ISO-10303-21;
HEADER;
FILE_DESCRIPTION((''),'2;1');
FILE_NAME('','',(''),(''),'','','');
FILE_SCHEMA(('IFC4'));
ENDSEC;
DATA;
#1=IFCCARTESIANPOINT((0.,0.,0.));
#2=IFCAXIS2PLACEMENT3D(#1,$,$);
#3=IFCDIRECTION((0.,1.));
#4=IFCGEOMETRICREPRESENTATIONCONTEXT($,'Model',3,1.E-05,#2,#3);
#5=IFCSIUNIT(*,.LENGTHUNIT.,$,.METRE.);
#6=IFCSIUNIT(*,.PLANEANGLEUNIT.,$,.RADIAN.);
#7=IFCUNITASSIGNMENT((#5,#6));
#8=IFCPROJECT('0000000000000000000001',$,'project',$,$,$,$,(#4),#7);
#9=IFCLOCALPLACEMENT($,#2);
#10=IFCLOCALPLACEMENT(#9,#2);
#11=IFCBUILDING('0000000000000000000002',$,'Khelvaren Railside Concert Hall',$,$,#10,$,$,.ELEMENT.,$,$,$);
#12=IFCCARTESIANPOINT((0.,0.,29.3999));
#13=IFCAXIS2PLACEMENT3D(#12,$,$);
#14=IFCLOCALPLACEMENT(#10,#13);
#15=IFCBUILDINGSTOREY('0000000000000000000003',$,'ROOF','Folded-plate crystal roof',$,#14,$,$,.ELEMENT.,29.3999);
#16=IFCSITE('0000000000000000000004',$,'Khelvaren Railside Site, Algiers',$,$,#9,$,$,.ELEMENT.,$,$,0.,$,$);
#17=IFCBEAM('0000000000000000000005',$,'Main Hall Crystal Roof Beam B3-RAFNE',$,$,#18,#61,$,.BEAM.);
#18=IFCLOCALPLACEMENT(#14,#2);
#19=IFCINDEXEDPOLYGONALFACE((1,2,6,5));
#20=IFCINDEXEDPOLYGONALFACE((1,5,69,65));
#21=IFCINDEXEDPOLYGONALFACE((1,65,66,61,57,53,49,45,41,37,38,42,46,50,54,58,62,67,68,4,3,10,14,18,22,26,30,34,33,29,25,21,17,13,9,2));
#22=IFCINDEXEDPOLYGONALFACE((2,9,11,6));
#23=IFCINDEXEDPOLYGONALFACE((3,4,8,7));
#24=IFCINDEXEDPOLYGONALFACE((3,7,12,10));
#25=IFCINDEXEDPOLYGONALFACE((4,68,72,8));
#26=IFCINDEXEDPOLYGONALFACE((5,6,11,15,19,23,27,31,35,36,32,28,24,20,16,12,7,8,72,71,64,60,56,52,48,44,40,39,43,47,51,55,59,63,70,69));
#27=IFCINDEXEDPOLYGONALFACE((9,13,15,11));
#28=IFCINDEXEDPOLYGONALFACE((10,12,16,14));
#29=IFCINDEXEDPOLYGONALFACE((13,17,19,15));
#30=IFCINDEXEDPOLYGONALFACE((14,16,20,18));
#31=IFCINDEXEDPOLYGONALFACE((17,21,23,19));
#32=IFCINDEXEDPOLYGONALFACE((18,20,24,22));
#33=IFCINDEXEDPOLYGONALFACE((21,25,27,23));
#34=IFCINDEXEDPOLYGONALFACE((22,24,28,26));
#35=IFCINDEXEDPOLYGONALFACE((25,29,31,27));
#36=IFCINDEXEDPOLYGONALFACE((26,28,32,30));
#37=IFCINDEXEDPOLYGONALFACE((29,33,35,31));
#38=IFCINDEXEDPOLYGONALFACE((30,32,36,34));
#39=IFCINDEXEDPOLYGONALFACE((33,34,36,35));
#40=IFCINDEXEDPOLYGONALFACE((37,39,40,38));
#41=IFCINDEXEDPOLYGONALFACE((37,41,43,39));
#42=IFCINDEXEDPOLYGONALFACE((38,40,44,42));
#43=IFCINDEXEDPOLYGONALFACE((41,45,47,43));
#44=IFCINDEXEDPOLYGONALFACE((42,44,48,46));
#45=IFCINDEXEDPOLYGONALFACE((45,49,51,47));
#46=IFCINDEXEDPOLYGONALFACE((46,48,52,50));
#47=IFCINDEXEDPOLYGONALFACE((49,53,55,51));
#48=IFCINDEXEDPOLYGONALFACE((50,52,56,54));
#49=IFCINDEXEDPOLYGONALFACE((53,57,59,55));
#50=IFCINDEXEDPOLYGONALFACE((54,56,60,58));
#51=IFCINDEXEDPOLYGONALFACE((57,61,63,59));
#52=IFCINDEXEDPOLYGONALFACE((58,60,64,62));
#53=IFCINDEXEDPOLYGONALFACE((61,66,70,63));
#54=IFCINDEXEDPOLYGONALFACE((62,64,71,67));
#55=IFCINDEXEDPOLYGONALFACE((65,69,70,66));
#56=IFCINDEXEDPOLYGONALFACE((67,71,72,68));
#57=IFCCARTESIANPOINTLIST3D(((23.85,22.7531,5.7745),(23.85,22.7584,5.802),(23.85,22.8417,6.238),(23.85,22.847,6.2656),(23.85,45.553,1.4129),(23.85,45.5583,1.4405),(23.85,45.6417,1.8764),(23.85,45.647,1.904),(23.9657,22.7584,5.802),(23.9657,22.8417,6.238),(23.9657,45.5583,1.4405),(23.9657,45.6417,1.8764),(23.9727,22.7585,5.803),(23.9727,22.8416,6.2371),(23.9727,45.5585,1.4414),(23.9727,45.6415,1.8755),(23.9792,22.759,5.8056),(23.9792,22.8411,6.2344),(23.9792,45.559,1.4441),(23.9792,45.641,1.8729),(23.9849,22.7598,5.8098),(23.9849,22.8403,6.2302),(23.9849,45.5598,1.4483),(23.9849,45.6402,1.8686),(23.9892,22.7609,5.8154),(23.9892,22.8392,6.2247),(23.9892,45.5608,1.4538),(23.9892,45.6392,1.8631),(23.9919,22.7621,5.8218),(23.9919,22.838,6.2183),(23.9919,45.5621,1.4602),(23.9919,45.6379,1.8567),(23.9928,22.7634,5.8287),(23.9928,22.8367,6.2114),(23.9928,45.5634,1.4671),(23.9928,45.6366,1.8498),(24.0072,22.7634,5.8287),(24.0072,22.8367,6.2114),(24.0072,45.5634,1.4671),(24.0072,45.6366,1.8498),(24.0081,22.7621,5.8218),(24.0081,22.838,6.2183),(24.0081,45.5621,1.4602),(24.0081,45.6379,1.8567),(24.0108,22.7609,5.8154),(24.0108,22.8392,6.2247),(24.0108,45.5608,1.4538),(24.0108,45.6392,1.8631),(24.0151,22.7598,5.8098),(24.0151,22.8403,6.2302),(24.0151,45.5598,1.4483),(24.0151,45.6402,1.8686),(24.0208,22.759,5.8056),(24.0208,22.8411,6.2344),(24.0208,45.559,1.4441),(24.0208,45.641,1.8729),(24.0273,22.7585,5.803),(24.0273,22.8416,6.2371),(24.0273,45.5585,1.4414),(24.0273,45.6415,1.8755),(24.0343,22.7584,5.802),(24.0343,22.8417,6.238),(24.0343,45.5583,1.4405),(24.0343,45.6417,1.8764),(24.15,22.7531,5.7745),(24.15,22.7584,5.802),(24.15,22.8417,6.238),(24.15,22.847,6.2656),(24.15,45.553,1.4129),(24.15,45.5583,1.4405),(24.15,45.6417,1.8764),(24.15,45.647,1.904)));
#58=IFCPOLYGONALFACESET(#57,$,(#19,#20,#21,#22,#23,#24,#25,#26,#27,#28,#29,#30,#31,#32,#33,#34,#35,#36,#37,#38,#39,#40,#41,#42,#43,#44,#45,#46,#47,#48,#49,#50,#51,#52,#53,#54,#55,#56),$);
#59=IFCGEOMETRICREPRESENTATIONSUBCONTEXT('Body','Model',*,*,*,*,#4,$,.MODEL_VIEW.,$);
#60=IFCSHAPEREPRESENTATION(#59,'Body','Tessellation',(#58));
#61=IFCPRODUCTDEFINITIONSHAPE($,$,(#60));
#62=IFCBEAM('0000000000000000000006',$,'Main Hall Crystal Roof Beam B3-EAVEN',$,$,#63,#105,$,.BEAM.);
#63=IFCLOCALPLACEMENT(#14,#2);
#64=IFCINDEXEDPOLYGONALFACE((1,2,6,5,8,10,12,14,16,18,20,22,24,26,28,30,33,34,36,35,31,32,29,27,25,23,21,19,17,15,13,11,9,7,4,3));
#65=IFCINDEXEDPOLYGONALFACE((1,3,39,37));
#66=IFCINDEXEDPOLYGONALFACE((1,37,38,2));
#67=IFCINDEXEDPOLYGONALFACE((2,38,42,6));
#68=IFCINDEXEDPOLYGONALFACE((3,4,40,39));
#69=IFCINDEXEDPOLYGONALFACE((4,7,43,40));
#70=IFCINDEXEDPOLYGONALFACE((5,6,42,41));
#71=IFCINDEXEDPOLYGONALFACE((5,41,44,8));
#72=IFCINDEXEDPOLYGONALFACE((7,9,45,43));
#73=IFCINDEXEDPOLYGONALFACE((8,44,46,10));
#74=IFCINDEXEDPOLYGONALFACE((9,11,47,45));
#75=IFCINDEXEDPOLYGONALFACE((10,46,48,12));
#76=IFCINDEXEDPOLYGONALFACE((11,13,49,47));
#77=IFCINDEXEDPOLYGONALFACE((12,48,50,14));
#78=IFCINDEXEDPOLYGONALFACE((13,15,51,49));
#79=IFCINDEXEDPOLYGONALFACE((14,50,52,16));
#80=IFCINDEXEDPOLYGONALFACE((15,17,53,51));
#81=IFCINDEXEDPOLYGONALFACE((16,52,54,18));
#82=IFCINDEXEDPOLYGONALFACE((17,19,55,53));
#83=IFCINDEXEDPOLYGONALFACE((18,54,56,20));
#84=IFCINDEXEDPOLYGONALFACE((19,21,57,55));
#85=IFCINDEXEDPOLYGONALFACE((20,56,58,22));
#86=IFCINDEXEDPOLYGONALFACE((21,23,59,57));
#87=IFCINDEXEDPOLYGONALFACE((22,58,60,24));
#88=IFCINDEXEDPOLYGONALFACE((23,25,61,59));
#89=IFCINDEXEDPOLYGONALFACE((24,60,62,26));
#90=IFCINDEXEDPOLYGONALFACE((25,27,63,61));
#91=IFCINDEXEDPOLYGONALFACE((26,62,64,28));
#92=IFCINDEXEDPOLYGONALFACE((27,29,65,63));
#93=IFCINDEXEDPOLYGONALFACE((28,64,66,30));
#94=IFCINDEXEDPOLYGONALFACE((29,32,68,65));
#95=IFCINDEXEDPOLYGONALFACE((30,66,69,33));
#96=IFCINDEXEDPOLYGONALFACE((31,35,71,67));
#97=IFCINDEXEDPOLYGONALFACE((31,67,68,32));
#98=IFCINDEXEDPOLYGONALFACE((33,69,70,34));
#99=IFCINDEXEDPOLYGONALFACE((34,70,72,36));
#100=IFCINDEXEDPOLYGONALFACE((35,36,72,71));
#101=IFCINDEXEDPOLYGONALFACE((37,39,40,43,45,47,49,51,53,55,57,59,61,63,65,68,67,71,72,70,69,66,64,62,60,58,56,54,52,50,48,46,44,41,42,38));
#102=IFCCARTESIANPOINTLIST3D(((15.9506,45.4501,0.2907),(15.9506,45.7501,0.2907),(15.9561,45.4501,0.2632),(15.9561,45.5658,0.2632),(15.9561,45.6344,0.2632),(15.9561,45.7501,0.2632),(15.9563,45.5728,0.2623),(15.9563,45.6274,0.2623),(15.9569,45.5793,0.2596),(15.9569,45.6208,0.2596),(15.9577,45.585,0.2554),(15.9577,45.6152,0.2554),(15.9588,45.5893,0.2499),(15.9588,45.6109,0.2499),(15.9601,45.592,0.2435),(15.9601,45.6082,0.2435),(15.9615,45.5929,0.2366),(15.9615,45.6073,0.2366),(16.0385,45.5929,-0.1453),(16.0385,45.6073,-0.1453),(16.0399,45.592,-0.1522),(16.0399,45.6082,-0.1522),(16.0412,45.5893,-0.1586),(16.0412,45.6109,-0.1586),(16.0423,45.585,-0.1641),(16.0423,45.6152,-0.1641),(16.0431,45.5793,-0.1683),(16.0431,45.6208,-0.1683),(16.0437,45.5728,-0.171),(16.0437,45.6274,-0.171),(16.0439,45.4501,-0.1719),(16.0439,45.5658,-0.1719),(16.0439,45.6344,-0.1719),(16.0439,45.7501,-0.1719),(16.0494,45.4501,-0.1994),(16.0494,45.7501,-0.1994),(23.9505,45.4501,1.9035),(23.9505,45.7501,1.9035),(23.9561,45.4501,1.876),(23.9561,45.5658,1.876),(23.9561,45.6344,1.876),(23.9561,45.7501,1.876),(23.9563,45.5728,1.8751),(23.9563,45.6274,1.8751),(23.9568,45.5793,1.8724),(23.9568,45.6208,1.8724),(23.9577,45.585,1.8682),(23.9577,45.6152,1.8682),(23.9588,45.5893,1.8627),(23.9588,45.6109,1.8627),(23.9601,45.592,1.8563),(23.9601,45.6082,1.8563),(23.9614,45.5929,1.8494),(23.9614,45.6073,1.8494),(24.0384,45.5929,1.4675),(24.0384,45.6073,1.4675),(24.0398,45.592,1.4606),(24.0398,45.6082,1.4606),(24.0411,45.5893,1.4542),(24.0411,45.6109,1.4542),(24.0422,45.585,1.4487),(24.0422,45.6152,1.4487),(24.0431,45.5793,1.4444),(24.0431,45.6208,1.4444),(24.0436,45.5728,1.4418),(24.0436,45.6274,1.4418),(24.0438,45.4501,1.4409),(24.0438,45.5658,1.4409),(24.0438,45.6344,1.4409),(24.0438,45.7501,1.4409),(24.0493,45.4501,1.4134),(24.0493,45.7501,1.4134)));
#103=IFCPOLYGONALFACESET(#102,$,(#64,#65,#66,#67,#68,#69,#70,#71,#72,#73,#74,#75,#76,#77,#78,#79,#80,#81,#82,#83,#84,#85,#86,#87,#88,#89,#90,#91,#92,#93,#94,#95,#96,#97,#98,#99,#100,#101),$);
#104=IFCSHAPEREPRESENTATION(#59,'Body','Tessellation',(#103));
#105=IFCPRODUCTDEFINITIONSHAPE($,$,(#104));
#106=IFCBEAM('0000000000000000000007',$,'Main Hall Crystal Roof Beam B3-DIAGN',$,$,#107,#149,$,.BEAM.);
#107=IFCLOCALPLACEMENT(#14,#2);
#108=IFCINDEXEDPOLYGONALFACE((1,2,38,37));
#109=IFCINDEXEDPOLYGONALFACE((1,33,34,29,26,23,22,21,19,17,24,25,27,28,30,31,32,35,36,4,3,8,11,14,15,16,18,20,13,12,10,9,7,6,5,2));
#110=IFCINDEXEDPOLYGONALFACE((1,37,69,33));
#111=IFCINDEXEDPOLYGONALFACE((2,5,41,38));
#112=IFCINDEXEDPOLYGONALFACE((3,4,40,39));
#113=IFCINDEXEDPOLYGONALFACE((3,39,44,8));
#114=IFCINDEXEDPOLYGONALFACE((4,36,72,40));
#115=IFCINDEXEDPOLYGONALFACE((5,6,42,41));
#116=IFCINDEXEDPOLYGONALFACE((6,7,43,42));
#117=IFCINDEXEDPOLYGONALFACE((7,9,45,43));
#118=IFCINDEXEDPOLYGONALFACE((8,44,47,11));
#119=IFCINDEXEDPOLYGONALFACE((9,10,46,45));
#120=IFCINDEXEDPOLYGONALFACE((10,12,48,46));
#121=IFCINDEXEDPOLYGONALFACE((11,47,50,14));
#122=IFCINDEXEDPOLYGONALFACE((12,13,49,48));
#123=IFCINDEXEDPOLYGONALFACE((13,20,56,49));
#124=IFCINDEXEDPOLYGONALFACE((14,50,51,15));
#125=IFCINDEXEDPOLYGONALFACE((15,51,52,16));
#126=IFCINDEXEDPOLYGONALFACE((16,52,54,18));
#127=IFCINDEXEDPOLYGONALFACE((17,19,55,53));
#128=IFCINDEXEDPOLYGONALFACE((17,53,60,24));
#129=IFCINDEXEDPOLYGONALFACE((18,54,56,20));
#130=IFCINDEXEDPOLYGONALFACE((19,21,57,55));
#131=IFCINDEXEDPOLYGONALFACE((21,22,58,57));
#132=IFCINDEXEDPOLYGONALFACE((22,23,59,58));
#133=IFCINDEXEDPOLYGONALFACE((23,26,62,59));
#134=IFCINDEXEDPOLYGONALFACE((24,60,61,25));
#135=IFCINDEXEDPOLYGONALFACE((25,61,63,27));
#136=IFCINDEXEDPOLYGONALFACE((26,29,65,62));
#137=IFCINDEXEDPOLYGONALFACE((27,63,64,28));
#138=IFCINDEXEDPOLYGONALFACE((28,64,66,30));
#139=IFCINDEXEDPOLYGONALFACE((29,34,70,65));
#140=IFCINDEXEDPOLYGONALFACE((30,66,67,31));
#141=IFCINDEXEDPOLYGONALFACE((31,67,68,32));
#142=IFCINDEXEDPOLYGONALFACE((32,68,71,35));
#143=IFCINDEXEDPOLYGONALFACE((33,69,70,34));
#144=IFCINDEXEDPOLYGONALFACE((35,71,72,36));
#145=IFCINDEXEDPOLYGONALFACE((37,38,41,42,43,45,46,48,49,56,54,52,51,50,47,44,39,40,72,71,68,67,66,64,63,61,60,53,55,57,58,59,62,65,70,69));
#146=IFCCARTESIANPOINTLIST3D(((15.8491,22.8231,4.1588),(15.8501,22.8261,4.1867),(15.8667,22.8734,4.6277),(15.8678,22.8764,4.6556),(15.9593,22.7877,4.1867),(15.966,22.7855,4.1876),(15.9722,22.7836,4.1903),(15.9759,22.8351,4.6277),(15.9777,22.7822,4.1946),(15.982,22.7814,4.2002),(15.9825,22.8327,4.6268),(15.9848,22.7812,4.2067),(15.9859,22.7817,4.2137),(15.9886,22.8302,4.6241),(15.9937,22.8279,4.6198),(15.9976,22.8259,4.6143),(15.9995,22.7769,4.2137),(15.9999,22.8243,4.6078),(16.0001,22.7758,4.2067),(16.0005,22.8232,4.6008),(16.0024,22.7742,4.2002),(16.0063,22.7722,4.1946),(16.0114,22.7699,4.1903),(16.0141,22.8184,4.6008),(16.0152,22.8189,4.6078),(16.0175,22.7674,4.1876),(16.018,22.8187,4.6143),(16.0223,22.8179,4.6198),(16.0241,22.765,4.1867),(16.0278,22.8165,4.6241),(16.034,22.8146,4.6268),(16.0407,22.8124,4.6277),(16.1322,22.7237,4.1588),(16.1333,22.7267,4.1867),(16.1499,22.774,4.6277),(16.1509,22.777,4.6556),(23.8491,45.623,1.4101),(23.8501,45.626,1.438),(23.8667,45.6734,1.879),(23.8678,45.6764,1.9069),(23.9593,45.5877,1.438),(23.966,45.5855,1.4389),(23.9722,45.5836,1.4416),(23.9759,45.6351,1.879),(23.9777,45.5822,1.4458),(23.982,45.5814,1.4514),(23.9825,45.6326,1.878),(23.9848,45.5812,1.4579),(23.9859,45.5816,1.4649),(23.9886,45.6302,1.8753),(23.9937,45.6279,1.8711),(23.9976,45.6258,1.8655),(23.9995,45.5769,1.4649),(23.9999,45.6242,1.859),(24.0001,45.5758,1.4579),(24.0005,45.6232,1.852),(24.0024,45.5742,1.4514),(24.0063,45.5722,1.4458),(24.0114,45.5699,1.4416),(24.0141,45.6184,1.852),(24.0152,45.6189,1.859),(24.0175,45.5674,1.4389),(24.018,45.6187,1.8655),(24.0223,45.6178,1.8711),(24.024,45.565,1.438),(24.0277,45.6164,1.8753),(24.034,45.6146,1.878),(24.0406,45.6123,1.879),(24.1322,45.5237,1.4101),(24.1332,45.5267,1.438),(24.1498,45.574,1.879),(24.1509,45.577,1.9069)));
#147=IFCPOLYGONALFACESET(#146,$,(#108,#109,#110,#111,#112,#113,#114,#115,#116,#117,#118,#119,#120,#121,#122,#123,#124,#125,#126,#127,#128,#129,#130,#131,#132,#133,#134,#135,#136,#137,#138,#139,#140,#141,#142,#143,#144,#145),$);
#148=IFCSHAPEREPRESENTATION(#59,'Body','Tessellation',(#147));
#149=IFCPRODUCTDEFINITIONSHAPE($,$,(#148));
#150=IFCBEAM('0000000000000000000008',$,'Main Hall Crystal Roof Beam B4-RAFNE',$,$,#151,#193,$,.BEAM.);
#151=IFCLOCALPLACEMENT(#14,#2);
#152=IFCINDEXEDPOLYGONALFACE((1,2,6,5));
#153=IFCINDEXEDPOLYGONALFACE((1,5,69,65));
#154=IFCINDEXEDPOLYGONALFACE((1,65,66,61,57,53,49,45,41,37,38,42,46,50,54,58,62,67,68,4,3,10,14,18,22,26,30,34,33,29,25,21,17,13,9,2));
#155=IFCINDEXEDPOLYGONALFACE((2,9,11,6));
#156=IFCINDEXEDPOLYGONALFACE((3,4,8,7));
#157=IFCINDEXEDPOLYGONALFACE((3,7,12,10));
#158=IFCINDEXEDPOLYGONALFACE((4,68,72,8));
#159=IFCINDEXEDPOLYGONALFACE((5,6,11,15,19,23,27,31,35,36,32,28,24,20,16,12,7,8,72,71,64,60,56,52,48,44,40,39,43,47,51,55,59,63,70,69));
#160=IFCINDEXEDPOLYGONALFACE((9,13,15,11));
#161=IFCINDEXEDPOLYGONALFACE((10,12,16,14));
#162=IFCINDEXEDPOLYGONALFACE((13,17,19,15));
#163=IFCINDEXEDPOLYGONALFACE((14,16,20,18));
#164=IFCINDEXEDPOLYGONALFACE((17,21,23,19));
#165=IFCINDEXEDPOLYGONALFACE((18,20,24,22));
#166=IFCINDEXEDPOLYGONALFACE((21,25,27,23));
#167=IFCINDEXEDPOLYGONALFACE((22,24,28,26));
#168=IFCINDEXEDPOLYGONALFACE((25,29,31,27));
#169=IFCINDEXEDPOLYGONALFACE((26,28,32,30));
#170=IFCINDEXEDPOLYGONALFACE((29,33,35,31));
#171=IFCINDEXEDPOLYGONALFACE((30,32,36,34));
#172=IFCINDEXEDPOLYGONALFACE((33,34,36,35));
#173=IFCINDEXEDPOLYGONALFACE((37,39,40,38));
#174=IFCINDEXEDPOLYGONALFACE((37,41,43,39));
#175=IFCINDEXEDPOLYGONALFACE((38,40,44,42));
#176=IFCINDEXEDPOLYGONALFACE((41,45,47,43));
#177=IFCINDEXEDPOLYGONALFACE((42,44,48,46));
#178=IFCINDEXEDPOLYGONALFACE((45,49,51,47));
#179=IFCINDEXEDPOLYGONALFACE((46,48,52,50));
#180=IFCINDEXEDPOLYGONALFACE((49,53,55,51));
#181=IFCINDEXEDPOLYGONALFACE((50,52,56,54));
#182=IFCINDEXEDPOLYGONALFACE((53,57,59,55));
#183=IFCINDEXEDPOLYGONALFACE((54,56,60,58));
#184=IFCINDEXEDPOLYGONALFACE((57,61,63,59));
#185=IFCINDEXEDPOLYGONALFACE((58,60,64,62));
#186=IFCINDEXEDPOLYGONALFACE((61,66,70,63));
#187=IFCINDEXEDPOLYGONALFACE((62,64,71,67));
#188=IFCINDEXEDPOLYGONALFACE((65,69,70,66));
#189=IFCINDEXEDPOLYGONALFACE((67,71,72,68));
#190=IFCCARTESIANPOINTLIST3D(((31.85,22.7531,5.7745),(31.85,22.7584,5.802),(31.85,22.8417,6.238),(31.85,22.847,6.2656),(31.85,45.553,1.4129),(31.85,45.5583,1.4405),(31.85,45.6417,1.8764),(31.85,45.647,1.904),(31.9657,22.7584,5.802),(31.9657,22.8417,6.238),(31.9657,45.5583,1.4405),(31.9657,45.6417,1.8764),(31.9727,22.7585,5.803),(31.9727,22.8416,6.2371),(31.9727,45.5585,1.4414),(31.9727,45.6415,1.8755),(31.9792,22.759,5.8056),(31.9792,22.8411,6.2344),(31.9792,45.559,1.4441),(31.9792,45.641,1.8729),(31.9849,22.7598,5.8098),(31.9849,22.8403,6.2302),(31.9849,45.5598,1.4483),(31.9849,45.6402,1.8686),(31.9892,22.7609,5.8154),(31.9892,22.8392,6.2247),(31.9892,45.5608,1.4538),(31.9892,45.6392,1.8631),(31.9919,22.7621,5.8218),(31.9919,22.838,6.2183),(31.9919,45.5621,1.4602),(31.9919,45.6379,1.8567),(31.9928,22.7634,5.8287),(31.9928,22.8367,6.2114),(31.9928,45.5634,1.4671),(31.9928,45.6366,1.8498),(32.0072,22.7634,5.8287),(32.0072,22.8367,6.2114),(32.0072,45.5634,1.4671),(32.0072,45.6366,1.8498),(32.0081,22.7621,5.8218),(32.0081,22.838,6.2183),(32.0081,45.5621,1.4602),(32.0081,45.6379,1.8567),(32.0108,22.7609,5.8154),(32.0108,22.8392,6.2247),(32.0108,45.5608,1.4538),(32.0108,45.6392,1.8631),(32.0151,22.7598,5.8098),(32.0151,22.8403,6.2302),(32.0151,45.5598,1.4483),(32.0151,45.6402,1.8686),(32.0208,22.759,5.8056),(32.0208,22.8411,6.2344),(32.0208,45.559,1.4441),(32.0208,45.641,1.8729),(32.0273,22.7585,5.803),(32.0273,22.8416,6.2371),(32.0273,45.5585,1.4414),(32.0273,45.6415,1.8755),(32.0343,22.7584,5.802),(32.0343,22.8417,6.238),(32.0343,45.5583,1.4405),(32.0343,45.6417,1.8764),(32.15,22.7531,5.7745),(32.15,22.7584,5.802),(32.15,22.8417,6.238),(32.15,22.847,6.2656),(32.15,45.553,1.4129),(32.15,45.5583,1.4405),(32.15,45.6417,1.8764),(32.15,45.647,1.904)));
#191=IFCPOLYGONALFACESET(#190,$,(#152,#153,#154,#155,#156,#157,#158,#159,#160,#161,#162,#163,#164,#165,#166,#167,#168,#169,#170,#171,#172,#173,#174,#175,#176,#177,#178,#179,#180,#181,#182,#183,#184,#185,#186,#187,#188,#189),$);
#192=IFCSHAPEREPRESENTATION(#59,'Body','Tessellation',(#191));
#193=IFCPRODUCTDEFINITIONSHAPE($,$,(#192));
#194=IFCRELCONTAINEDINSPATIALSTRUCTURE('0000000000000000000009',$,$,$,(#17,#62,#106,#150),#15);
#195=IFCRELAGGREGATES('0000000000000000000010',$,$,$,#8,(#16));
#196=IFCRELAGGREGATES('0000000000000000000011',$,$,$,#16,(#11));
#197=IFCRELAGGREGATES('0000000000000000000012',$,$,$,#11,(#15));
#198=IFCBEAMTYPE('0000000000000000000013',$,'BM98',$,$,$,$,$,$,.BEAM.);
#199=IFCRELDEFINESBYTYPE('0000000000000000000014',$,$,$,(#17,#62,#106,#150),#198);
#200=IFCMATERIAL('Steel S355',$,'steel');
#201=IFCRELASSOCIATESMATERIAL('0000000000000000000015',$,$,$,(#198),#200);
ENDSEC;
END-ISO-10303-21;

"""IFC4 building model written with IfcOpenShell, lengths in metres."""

from ifc_helpers import new_model, si_unit, direction, frame, origin, origin_2d, place, context, subcontext, project, spatial, i_section, extrude, material, material_profile, profile_set, type_object, element, save


model = new_model("IFC4")

# Units and contexts
model_context = context("Model", 3, precision=1e-05, world=origin(), true_north=direction((0.0, 1.0)))
body_context = subcontext(model_context, "Body", "Model", "MODEL_VIEW")
ifc_project = project(units=[si_unit("LENGTHUNIT", "METRE"), si_unit("PLANEANGLEUNIT", "RADIAN")], contexts=[model_context])

# Site, building, storey
site_placement = place(None, origin())
site = spatial("IfcSite", under=ifc_project, at=site_placement, Name="Khelvaren Railside Site, Algiers", CompositionType="ELEMENT", RefElevation=0.0)
building_placement = place(site_placement, origin())
building = spatial("IfcBuilding", under=site, at=building_placement, Name="Khelvaren Railside Concert Hall", CompositionType="ELEMENT")
storey_placement = place(building_placement, frame((0.0, 0.0, 29.3999)))
storey = spatial("IfcBuildingStorey", under=building, at=storey_placement, Name="ROOF", Description="Folded-plate crystal roof", CompositionType="ELEMENT", Elevation=29.3999)

# Beams
ifc_material_1 = material(Name="Steel S355", Category="steel")
ifc_material_profile_1 = material_profile(ifc_material_1, i_section(OverallWidth=0.3, OverallDepth=0.5, WebThickness=0.0144, FlangeThickness=0.0281, FilletRadius=0.0271, at=origin_2d()), Name="HEB 500")
ifc_profile_set_1 = profile_set([ifc_material_profile_1], Name="Steel S355")
beam_type = type_object("IfcBeamType", Name="BM98", PredefinedType="BEAM", material=ifc_profile_set_1)
beam_1_placement = place(storey_placement, frame((24.0, 22.8, 6.02), z_axis=(0.0, 0.98219, -0.18789), x_axis=(-1.0, 0.0, 0.0)))
element("IfcBeam", 1, at=beam_1_placement, inside=storey, type_object=beam_type, Name="Main Hall Crystal Roof Beam B3-RAFNE", PredefinedType="BEAM", context=body_context, shape_type="SweptSolid", body=[
    extrude(i_section(OverallWidth=0.3, OverallDepth=0.5, WebThickness=0.0144, FlangeThickness=0.0281, FilletRadius=0.0271, at=origin_2d()), origin(), (0.0, 0.0, 1.0), 23.2134),
])
beam_2_placement = place(storey_placement, frame((16.0, 45.6001, 0.0457), z_axis=(0.980278, 0.0, 0.197623), x_axis=(0.0, 1.0, 0.0)))
element("IfcBeam", 2, at=beam_2_placement, inside=storey, type_object=beam_type, Name="Main Hall Crystal Roof Beam B3-EAVEN", PredefinedType="BEAM", context=body_context, shape_type="SweptSolid", body=[
    extrude(i_section(OverallWidth=0.3, OverallDepth=0.5, WebThickness=0.0144, FlangeThickness=0.0281, FilletRadius=0.0271, at=origin_2d()), origin(), (0.0, 0.0, 1.0), 8.1609),
])
beam_3_placement = place(storey_placement, frame((16.0, 22.8, 4.4072), z_axis=(0.328965, 0.937553, -0.113032), x_axis=(-0.9436, 0.331087, 0.0)))
element("IfcBeam", 3, at=beam_3_placement, inside=storey, type_object=beam_type, Name="Main Hall Crystal Roof Beam B3-DIAGN", PredefinedType="BEAM", context=body_context, shape_type="SweptSolid", body=[
    extrude(i_section(OverallWidth=0.3, OverallDepth=0.5, WebThickness=0.0144, FlangeThickness=0.0281, FilletRadius=0.0271, at=origin_2d()), origin(), (0.0, 0.0, 1.0), 24.3186),
])
beam_4_placement = place(storey_placement, frame((32.0, 22.8, 6.02), z_axis=(0.0, 0.98219, -0.18789), x_axis=(-1.0, 0.0, 0.0)))
element("IfcBeam", 4, at=beam_4_placement, inside=storey, type_object=beam_type, Name="Main Hall Crystal Roof Beam B4-RAFNE", PredefinedType="BEAM", context=body_context, shape_type="SweptSolid", body=[
    extrude(i_section(OverallWidth=0.3, OverallDepth=0.5, WebThickness=0.0144, FlangeThickness=0.0281, FilletRadius=0.0271, at=origin_2d()), origin(), (0.0, 0.0, 1.0), 23.2134),
])

save(model, "model.ifc")
